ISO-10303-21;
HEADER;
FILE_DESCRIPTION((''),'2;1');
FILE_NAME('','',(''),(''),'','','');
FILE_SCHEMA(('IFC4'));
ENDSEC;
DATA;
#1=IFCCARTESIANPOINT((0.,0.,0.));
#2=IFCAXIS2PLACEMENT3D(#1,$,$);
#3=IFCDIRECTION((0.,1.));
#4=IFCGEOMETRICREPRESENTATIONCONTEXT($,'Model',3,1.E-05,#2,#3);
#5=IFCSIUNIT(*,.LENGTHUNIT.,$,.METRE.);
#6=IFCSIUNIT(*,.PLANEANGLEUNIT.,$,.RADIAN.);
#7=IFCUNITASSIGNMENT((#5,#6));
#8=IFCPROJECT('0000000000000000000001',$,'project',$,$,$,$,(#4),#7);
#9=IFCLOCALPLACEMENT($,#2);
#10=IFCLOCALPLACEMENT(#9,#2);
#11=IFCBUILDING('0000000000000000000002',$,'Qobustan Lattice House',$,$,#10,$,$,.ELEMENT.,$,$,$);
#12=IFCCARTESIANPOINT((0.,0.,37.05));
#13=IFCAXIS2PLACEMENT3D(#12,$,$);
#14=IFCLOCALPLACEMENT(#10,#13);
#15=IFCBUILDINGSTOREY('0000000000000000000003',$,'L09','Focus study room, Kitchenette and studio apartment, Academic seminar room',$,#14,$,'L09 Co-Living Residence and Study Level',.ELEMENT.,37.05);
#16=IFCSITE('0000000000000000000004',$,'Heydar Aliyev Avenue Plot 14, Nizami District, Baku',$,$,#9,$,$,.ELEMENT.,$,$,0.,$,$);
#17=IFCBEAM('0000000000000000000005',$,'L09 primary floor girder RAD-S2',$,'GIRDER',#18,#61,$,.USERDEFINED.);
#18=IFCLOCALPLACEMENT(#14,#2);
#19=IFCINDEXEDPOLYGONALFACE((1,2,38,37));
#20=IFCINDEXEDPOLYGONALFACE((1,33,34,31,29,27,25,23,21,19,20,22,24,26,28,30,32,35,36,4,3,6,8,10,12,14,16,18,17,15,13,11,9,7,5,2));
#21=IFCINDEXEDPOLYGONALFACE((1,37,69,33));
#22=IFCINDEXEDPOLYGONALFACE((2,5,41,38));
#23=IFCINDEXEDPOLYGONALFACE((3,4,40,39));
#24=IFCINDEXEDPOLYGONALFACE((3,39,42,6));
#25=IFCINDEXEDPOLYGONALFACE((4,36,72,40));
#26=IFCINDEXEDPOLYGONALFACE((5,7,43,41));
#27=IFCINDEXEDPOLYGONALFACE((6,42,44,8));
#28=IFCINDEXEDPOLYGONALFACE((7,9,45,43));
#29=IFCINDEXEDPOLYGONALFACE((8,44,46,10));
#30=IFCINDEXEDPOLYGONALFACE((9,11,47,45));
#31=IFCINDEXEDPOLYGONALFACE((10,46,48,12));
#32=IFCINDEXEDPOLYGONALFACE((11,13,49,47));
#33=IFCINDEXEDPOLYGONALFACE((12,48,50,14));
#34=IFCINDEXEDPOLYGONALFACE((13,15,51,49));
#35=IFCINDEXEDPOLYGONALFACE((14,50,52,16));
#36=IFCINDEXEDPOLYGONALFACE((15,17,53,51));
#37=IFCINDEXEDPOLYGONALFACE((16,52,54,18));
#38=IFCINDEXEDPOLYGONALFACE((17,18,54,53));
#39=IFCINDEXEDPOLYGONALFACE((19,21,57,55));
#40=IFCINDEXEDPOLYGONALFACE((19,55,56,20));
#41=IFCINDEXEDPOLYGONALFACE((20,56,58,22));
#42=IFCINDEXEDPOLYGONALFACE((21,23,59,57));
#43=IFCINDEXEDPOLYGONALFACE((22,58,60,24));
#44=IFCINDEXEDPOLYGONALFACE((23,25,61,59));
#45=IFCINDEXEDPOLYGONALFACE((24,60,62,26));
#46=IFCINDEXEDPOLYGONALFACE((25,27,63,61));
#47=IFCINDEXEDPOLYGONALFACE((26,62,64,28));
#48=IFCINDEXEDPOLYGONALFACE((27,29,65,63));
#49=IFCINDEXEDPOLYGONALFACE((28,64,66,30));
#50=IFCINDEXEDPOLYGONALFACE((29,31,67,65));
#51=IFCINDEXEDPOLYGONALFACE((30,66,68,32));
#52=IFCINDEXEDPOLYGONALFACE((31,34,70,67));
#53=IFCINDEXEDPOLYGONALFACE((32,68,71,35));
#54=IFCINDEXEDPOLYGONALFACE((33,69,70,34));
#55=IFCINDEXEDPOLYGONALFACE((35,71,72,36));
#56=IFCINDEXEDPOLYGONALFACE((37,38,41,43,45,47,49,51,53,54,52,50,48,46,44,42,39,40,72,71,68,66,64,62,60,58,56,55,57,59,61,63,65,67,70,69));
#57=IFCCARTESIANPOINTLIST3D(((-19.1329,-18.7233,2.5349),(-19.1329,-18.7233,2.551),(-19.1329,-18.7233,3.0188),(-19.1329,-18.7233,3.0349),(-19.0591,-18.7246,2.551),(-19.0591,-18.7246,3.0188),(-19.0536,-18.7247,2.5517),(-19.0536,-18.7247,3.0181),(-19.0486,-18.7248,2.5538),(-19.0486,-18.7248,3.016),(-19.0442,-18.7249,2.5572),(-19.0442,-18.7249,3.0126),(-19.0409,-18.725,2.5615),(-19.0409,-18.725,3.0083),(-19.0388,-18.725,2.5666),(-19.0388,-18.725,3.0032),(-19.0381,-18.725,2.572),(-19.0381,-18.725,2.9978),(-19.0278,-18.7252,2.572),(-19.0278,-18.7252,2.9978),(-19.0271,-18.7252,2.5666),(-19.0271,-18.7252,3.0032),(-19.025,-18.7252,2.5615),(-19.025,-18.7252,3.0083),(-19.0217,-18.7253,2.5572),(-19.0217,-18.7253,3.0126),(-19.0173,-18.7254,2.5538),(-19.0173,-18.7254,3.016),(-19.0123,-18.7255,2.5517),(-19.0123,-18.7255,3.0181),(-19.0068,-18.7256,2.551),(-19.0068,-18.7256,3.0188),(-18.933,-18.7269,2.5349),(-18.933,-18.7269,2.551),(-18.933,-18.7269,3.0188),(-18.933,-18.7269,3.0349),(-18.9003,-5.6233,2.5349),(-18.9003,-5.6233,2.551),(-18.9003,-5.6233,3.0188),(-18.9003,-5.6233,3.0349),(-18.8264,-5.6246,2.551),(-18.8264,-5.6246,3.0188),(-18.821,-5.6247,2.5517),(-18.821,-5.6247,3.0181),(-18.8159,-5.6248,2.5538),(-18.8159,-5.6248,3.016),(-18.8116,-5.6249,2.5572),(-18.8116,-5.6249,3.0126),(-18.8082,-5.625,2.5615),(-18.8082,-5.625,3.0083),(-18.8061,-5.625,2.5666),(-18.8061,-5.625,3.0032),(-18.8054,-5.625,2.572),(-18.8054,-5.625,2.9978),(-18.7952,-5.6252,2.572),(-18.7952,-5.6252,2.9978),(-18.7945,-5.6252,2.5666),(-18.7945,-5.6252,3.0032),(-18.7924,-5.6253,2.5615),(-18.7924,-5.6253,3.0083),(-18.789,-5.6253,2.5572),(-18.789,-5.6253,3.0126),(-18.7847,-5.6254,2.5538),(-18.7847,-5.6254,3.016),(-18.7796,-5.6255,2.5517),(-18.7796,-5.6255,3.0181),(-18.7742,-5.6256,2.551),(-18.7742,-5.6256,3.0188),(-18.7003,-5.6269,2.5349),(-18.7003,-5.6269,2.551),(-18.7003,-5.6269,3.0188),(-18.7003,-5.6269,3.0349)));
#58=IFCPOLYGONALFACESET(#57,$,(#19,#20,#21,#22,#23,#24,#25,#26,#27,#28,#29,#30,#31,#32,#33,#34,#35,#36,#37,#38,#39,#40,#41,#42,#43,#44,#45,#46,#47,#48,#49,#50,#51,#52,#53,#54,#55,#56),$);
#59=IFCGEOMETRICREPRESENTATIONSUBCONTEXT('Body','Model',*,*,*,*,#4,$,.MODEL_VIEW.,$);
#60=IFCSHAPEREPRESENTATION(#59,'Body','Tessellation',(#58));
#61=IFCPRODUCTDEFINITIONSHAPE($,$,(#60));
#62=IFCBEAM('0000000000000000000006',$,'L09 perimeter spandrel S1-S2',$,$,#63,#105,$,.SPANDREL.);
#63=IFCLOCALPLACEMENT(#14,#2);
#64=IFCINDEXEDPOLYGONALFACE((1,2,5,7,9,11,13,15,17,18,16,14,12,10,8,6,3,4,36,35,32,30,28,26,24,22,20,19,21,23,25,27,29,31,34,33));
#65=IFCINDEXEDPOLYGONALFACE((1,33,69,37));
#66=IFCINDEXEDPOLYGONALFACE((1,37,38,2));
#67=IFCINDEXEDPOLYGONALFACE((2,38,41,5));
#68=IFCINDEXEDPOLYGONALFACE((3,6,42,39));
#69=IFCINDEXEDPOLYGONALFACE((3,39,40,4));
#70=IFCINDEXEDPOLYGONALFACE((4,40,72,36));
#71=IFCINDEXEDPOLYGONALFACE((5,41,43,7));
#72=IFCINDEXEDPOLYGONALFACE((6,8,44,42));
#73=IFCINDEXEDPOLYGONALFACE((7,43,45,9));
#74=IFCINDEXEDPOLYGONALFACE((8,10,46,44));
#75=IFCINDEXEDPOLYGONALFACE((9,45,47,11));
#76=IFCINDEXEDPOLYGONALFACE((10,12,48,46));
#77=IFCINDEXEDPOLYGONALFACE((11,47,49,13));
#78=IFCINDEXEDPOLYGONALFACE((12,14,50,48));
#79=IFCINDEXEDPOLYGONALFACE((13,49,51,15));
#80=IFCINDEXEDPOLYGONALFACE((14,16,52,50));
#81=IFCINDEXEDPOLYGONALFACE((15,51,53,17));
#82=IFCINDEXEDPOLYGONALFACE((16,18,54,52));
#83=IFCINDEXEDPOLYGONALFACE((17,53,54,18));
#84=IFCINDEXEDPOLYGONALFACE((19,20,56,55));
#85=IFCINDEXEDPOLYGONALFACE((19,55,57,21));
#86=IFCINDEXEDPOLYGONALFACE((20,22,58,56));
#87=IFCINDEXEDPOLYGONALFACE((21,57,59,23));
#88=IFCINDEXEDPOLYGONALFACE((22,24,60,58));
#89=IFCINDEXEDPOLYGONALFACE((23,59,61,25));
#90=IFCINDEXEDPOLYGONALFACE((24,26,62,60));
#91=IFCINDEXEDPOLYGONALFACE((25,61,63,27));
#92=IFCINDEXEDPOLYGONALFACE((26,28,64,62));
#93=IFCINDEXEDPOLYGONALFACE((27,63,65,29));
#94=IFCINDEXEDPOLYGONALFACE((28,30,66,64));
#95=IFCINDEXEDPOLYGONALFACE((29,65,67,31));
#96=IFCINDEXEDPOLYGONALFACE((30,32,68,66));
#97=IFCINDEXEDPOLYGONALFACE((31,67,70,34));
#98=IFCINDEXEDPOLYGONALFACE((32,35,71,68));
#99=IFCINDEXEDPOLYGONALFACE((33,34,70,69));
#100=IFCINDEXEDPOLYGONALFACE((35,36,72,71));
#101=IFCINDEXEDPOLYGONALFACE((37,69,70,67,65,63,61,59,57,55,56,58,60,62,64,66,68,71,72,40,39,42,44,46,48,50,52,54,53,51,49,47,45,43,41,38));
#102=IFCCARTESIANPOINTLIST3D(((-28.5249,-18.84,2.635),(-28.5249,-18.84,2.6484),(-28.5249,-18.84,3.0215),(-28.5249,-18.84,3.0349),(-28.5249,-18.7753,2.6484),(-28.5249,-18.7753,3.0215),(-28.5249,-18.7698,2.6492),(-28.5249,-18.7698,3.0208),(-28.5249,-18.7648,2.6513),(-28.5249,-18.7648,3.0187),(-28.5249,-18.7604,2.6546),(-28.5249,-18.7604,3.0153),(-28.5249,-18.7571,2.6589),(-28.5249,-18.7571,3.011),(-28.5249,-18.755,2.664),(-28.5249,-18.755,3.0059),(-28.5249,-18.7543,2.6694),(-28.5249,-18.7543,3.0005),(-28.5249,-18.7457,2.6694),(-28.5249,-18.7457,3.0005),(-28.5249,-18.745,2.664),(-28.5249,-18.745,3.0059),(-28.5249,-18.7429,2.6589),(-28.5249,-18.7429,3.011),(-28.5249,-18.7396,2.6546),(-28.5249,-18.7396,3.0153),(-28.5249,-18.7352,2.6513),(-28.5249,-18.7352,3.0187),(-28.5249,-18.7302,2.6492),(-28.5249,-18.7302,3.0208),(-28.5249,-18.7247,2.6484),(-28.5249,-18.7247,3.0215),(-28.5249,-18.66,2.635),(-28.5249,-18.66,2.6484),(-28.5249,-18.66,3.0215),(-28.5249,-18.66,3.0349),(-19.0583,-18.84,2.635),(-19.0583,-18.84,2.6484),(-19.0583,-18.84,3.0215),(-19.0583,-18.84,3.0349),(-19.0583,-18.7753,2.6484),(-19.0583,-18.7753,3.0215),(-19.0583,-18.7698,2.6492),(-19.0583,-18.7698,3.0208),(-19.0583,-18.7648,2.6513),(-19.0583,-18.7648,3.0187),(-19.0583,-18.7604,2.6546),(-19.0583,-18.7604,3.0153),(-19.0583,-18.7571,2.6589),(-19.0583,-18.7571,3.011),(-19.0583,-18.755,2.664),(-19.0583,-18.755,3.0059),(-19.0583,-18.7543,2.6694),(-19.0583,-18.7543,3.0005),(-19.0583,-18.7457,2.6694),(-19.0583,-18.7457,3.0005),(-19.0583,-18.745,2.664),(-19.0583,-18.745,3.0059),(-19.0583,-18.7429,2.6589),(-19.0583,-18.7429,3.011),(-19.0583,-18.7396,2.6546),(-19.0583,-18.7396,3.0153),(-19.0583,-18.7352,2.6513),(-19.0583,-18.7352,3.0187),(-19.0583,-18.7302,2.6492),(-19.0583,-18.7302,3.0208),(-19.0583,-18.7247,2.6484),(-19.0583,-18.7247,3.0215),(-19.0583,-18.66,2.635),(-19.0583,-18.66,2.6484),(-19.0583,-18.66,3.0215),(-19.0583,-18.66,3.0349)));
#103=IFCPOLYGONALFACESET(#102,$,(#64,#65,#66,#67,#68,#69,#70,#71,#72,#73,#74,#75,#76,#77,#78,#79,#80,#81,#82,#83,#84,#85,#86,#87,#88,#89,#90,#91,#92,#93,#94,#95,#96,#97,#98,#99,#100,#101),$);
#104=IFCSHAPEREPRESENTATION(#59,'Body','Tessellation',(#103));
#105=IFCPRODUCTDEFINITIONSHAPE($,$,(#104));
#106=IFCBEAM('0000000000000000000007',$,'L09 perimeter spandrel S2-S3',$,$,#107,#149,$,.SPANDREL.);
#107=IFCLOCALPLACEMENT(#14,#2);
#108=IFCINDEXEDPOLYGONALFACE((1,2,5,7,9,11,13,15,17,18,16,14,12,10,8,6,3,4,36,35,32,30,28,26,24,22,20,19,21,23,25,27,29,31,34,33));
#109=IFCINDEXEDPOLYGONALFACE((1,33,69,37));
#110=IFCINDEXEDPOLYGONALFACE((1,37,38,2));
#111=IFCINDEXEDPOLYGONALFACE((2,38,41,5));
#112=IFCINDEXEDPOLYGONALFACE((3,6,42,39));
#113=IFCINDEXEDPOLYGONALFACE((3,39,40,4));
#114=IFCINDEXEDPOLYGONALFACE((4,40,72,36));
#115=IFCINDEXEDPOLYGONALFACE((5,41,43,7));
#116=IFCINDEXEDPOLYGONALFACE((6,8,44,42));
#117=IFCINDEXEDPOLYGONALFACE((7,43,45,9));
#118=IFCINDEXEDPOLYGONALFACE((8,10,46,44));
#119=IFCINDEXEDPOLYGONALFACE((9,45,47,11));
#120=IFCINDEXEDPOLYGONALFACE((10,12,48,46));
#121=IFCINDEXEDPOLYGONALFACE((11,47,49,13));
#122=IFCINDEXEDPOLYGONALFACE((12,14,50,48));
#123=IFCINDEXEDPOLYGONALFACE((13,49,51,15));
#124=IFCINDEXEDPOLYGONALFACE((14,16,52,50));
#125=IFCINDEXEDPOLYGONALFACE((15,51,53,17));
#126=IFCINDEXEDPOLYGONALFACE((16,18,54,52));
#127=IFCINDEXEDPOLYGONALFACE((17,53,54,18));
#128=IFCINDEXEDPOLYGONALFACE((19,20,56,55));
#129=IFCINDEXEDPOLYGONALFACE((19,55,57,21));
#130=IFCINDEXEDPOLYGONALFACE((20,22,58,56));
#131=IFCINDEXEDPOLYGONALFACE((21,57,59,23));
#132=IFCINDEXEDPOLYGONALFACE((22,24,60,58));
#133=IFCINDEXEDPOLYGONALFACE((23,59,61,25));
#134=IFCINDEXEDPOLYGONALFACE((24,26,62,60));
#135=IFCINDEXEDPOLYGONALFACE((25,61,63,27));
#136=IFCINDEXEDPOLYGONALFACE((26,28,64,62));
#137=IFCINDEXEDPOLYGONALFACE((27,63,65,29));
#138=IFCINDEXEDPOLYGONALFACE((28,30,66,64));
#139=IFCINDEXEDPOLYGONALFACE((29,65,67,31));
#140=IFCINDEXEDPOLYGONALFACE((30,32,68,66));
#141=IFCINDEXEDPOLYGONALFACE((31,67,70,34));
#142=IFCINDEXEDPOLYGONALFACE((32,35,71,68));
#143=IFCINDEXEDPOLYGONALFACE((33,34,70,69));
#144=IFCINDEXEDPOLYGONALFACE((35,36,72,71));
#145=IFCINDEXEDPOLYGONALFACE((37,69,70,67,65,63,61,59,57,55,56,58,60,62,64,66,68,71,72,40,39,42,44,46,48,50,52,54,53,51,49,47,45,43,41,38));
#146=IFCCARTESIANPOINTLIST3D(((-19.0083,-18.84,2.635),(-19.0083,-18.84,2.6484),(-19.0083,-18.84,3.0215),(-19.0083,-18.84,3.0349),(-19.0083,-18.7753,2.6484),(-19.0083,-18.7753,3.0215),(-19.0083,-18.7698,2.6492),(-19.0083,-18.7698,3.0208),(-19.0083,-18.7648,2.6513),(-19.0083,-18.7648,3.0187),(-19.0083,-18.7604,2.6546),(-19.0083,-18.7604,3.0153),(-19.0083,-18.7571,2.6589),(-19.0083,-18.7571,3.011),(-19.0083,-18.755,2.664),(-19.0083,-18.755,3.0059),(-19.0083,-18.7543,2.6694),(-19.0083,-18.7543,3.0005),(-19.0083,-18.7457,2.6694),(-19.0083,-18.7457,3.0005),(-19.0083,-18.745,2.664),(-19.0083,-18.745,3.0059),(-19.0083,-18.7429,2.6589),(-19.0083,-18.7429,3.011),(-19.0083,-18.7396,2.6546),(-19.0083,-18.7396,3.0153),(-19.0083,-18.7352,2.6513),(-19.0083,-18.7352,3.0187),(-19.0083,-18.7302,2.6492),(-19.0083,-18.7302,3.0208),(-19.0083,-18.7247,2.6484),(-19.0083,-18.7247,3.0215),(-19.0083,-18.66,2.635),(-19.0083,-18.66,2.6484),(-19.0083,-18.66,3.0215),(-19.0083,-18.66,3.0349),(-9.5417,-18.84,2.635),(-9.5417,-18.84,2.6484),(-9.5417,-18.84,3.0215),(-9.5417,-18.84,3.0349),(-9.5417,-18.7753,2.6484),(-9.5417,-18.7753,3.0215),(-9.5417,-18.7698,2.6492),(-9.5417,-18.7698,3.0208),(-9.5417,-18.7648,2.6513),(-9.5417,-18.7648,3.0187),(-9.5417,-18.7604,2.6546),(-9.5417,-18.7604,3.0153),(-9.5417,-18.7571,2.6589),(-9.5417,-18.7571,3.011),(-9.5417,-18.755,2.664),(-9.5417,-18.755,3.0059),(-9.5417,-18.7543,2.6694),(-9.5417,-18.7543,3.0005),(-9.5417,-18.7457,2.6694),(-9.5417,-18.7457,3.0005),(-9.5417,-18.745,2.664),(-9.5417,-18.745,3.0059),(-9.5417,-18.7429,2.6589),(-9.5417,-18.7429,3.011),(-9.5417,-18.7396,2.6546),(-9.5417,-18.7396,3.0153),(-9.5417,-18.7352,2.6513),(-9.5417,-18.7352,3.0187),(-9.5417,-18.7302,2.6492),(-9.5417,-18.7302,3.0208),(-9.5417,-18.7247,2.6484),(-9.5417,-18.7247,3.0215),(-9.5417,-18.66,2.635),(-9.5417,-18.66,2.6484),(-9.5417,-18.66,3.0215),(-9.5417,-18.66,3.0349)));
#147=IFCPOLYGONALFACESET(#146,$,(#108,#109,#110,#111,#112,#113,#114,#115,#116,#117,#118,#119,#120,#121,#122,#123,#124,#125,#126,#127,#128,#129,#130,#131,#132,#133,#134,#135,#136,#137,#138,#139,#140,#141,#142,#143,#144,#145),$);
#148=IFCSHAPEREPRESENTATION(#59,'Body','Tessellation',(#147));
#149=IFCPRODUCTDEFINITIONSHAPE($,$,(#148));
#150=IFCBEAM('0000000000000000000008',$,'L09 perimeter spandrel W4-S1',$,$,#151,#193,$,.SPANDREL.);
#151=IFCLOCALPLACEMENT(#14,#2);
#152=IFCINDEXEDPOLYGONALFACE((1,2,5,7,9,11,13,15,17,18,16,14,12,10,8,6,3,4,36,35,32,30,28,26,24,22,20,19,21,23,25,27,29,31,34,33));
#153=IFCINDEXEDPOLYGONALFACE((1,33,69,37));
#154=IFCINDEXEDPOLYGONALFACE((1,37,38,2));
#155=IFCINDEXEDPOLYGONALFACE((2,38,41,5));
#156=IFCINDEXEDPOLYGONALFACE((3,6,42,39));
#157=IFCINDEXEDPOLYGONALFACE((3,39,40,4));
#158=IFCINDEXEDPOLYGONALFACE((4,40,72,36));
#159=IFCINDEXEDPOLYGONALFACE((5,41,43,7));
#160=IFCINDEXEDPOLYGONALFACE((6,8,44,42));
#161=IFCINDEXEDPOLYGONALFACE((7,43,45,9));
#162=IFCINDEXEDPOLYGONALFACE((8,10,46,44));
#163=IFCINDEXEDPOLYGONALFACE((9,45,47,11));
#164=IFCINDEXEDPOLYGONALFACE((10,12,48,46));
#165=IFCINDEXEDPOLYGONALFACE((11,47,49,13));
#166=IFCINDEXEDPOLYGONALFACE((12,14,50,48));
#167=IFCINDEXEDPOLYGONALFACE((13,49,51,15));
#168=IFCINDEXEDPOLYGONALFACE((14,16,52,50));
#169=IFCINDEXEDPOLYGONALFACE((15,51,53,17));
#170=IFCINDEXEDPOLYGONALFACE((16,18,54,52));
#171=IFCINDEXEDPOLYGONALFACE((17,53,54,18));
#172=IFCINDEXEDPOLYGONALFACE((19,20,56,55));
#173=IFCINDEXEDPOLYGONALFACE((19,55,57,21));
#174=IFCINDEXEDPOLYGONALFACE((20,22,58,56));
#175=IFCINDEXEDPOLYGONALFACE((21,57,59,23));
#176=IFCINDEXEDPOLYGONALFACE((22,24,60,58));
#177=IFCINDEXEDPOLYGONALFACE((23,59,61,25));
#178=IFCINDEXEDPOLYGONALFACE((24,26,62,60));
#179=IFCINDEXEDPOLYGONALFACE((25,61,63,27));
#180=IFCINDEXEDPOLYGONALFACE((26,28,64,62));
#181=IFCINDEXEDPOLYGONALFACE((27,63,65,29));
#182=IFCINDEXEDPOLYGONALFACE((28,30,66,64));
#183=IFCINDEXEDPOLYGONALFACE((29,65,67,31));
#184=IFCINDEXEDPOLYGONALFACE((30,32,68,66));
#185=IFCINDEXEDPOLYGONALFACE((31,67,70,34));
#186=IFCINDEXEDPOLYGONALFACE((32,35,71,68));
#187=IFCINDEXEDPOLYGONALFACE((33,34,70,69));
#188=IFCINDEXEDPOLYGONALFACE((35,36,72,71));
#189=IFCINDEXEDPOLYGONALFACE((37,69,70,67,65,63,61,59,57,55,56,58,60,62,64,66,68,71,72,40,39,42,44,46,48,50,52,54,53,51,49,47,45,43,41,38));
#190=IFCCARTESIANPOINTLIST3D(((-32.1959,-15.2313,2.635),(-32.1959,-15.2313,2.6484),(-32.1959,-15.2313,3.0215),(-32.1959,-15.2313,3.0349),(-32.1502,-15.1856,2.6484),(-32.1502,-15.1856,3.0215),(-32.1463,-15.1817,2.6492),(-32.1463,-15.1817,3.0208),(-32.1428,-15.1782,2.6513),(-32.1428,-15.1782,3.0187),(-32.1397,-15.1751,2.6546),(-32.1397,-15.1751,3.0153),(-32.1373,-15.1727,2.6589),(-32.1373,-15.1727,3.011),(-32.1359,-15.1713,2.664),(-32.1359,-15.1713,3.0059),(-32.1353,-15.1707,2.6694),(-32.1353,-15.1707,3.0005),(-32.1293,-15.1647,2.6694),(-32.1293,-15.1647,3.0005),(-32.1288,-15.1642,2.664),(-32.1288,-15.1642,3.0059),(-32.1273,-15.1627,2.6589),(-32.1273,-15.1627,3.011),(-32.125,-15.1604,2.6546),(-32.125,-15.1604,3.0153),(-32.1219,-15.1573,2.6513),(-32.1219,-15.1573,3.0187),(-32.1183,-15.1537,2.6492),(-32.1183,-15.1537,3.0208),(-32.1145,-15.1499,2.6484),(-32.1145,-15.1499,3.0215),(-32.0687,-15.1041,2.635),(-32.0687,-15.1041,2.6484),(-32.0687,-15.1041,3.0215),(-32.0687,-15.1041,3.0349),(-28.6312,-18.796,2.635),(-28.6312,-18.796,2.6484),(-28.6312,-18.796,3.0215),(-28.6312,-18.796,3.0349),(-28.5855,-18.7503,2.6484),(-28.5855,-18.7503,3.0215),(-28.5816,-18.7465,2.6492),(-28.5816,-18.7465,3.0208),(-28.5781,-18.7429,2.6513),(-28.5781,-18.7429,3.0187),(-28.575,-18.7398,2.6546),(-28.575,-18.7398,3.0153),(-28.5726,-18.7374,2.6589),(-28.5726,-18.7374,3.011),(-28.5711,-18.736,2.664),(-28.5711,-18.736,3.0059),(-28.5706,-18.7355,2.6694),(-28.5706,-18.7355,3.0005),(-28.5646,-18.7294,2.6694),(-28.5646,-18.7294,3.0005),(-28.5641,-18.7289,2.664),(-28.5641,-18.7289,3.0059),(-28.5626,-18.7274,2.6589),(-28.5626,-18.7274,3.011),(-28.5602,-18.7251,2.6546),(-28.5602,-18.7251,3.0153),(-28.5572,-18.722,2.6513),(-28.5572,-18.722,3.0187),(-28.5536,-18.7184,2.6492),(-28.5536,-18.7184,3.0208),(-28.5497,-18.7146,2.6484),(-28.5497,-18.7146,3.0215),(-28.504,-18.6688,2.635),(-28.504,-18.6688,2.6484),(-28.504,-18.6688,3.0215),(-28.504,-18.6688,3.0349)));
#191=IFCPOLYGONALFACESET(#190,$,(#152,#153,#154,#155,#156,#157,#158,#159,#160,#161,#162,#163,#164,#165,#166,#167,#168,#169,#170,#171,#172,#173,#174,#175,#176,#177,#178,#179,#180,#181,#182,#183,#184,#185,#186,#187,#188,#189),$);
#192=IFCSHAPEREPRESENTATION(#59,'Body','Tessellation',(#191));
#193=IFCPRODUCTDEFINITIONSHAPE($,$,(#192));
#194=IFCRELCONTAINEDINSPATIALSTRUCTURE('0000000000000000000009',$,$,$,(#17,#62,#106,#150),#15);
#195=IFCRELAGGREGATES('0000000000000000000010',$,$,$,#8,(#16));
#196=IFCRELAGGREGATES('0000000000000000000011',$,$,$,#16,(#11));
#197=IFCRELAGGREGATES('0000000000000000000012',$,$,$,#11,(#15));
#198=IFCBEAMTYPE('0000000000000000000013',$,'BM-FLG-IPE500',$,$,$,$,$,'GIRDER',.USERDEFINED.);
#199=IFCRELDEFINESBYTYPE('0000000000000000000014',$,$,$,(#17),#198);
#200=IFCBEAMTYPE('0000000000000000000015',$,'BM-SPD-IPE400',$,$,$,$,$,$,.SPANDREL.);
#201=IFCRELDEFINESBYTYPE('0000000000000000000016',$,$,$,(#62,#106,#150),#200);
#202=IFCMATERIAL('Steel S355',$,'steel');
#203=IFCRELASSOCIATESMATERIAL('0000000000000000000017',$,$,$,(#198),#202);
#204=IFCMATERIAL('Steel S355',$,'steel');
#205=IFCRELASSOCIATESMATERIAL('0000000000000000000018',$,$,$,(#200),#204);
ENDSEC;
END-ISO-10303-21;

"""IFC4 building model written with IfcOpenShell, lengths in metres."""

from ifc_helpers import new_model, si_unit, direction, frame, origin, origin_2d, place, context, subcontext, project, spatial, i_section, extrude, material, material_profile, profile_set, type_object, element, save


model = new_model("IFC4")

# Units and contexts
model_context = context("Model", 3, precision=1e-05, world=origin(), true_north=direction((0.0, 1.0)))
body_context = subcontext(model_context, "Body", "Model", "MODEL_VIEW")
ifc_project = project(units=[si_unit("LENGTHUNIT", "METRE"), si_unit("PLANEANGLEUNIT", "RADIAN")], contexts=[model_context])

# Site, building, storey
site_placement = place(None, origin())
site = spatial("IfcSite", under=ifc_project, at=site_placement, Name="Heydar Aliyev Avenue Plot 14, Nizami District, Baku", CompositionType="ELEMENT", RefElevation=0.0)
building_placement = place(site_placement, origin())
building = spatial("IfcBuilding", under=site, at=building_placement, Name="Qobustan Lattice House", CompositionType="ELEMENT")
storey_placement = place(building_placement, frame((0.0, 0.0, 37.05)))
storey = spatial("IfcBuildingStorey", under=building, at=storey_placement, Name="L09", Description="Focus study room, Kitchenette and studio apartment, Academic seminar room", LongName="L09 Co-Living Residence and Study Level", CompositionType="ELEMENT", Elevation=37.05)

# Beams
ifc_material_1 = material(Name="Steel S355", Category="steel")
ifc_material_profile_1 = material_profile(ifc_material_1, i_section(OverallWidth=0.2, OverallDepth=0.5, WebThickness=0.0103, FlangeThickness=0.0161, FilletRadius=0.021, at=origin_2d()), Name="IPE500")
ifc_profile_set_1 = profile_set([ifc_material_profile_1], Name="Steel S355")
beam_type_1 = type_object("IfcBeamType", Name="BM-FLG-IPE500", ElementType="GIRDER", PredefinedType="USERDEFINED", material=ifc_profile_set_1)
beam_1_placement = place(storey_placement, frame((-19.033, -18.7251, 2.7849), z_axis=(0.017758, 0.999842, 0.0), x_axis=(-0.999842, 0.017758, 0.0)))
element("IfcBeam", 1, at=beam_1_placement, inside=storey, type_object=beam_type_1, Name="L09 primary floor girder RAD-S2", ObjectType="GIRDER", PredefinedType="USERDEFINED", context=body_context, shape_type="SweptSolid", body=[
    extrude(i_section(OverallWidth=0.2, OverallDepth=0.5, WebThickness=0.0103, FlangeThickness=0.0161, FilletRadius=0.021, at=origin_2d()), origin(), (0.0, 0.0, 1.0), 13.1021),
])
ifc_material_2 = material(Name="Steel S355", Category="steel")
ifc_material_profile_2 = material_profile(ifc_material_2, i_section(OverallWidth=0.1799, OverallDepth=0.3999, WebThickness=0.0085, FlangeThickness=0.0134, FilletRadius=0.021, at=origin_2d()), Name="IPE400")
ifc_profile_set_2 = profile_set([ifc_material_profile_2], Name="Steel S355")
beam_type_2 = type_object("IfcBeamType", Name="BM-SPD-IPE400", PredefinedType="SPANDREL", material=ifc_profile_set_2)
for number, where, z_axis, x_axis, name in (
    (2, (-28.5249, -18.75, 2.835), (1.0, 0.0, 0.0), (0.0, 1.0, 0.0), "L09 perimeter spandrel S1-S2"),
    (3, (-19.0083, -18.75, 2.835), (1.0, 0.0, 0.0), (0.0, 1.0, 0.0), "L09 perimeter spandrel S2-S3"),
):
    element("IfcBeam", number, at=place(storey_placement, frame(where, z_axis=z_axis, x_axis=x_axis)), inside=storey, type_object=beam_type_2, Name=name, PredefinedType="SPANDREL", context=body_context, shape_type="SweptSolid", body=[
        extrude(i_section(OverallWidth=0.1799, OverallDepth=0.3999, WebThickness=0.0085, FlangeThickness=0.0134, FilletRadius=0.021, at=origin_2d()), origin(), (0.0, 0.0, 1.0), 9.4666),
    ])
beam_2_placement = place(storey_placement, frame((-32.1323, -15.1677, 2.835), z_axis=(0.707107, -0.707107, 0.0), x_axis=(0.707107, 0.707107, 0.0)))
element("IfcBeam", 4, at=beam_2_placement, inside=storey, type_object=beam_type_2, Name="L09 perimeter spandrel W4-S1", PredefinedType="SPANDREL", context=body_context, shape_type="SweptSolid", body=[
    extrude(i_section(OverallWidth=0.1799, OverallDepth=0.3999, WebThickness=0.0085, FlangeThickness=0.0134, FilletRadius=0.021, at=origin_2d()), origin(), (0.0, 0.0, 1.0), 5.0413),
])

save(model, "model.ifc")
